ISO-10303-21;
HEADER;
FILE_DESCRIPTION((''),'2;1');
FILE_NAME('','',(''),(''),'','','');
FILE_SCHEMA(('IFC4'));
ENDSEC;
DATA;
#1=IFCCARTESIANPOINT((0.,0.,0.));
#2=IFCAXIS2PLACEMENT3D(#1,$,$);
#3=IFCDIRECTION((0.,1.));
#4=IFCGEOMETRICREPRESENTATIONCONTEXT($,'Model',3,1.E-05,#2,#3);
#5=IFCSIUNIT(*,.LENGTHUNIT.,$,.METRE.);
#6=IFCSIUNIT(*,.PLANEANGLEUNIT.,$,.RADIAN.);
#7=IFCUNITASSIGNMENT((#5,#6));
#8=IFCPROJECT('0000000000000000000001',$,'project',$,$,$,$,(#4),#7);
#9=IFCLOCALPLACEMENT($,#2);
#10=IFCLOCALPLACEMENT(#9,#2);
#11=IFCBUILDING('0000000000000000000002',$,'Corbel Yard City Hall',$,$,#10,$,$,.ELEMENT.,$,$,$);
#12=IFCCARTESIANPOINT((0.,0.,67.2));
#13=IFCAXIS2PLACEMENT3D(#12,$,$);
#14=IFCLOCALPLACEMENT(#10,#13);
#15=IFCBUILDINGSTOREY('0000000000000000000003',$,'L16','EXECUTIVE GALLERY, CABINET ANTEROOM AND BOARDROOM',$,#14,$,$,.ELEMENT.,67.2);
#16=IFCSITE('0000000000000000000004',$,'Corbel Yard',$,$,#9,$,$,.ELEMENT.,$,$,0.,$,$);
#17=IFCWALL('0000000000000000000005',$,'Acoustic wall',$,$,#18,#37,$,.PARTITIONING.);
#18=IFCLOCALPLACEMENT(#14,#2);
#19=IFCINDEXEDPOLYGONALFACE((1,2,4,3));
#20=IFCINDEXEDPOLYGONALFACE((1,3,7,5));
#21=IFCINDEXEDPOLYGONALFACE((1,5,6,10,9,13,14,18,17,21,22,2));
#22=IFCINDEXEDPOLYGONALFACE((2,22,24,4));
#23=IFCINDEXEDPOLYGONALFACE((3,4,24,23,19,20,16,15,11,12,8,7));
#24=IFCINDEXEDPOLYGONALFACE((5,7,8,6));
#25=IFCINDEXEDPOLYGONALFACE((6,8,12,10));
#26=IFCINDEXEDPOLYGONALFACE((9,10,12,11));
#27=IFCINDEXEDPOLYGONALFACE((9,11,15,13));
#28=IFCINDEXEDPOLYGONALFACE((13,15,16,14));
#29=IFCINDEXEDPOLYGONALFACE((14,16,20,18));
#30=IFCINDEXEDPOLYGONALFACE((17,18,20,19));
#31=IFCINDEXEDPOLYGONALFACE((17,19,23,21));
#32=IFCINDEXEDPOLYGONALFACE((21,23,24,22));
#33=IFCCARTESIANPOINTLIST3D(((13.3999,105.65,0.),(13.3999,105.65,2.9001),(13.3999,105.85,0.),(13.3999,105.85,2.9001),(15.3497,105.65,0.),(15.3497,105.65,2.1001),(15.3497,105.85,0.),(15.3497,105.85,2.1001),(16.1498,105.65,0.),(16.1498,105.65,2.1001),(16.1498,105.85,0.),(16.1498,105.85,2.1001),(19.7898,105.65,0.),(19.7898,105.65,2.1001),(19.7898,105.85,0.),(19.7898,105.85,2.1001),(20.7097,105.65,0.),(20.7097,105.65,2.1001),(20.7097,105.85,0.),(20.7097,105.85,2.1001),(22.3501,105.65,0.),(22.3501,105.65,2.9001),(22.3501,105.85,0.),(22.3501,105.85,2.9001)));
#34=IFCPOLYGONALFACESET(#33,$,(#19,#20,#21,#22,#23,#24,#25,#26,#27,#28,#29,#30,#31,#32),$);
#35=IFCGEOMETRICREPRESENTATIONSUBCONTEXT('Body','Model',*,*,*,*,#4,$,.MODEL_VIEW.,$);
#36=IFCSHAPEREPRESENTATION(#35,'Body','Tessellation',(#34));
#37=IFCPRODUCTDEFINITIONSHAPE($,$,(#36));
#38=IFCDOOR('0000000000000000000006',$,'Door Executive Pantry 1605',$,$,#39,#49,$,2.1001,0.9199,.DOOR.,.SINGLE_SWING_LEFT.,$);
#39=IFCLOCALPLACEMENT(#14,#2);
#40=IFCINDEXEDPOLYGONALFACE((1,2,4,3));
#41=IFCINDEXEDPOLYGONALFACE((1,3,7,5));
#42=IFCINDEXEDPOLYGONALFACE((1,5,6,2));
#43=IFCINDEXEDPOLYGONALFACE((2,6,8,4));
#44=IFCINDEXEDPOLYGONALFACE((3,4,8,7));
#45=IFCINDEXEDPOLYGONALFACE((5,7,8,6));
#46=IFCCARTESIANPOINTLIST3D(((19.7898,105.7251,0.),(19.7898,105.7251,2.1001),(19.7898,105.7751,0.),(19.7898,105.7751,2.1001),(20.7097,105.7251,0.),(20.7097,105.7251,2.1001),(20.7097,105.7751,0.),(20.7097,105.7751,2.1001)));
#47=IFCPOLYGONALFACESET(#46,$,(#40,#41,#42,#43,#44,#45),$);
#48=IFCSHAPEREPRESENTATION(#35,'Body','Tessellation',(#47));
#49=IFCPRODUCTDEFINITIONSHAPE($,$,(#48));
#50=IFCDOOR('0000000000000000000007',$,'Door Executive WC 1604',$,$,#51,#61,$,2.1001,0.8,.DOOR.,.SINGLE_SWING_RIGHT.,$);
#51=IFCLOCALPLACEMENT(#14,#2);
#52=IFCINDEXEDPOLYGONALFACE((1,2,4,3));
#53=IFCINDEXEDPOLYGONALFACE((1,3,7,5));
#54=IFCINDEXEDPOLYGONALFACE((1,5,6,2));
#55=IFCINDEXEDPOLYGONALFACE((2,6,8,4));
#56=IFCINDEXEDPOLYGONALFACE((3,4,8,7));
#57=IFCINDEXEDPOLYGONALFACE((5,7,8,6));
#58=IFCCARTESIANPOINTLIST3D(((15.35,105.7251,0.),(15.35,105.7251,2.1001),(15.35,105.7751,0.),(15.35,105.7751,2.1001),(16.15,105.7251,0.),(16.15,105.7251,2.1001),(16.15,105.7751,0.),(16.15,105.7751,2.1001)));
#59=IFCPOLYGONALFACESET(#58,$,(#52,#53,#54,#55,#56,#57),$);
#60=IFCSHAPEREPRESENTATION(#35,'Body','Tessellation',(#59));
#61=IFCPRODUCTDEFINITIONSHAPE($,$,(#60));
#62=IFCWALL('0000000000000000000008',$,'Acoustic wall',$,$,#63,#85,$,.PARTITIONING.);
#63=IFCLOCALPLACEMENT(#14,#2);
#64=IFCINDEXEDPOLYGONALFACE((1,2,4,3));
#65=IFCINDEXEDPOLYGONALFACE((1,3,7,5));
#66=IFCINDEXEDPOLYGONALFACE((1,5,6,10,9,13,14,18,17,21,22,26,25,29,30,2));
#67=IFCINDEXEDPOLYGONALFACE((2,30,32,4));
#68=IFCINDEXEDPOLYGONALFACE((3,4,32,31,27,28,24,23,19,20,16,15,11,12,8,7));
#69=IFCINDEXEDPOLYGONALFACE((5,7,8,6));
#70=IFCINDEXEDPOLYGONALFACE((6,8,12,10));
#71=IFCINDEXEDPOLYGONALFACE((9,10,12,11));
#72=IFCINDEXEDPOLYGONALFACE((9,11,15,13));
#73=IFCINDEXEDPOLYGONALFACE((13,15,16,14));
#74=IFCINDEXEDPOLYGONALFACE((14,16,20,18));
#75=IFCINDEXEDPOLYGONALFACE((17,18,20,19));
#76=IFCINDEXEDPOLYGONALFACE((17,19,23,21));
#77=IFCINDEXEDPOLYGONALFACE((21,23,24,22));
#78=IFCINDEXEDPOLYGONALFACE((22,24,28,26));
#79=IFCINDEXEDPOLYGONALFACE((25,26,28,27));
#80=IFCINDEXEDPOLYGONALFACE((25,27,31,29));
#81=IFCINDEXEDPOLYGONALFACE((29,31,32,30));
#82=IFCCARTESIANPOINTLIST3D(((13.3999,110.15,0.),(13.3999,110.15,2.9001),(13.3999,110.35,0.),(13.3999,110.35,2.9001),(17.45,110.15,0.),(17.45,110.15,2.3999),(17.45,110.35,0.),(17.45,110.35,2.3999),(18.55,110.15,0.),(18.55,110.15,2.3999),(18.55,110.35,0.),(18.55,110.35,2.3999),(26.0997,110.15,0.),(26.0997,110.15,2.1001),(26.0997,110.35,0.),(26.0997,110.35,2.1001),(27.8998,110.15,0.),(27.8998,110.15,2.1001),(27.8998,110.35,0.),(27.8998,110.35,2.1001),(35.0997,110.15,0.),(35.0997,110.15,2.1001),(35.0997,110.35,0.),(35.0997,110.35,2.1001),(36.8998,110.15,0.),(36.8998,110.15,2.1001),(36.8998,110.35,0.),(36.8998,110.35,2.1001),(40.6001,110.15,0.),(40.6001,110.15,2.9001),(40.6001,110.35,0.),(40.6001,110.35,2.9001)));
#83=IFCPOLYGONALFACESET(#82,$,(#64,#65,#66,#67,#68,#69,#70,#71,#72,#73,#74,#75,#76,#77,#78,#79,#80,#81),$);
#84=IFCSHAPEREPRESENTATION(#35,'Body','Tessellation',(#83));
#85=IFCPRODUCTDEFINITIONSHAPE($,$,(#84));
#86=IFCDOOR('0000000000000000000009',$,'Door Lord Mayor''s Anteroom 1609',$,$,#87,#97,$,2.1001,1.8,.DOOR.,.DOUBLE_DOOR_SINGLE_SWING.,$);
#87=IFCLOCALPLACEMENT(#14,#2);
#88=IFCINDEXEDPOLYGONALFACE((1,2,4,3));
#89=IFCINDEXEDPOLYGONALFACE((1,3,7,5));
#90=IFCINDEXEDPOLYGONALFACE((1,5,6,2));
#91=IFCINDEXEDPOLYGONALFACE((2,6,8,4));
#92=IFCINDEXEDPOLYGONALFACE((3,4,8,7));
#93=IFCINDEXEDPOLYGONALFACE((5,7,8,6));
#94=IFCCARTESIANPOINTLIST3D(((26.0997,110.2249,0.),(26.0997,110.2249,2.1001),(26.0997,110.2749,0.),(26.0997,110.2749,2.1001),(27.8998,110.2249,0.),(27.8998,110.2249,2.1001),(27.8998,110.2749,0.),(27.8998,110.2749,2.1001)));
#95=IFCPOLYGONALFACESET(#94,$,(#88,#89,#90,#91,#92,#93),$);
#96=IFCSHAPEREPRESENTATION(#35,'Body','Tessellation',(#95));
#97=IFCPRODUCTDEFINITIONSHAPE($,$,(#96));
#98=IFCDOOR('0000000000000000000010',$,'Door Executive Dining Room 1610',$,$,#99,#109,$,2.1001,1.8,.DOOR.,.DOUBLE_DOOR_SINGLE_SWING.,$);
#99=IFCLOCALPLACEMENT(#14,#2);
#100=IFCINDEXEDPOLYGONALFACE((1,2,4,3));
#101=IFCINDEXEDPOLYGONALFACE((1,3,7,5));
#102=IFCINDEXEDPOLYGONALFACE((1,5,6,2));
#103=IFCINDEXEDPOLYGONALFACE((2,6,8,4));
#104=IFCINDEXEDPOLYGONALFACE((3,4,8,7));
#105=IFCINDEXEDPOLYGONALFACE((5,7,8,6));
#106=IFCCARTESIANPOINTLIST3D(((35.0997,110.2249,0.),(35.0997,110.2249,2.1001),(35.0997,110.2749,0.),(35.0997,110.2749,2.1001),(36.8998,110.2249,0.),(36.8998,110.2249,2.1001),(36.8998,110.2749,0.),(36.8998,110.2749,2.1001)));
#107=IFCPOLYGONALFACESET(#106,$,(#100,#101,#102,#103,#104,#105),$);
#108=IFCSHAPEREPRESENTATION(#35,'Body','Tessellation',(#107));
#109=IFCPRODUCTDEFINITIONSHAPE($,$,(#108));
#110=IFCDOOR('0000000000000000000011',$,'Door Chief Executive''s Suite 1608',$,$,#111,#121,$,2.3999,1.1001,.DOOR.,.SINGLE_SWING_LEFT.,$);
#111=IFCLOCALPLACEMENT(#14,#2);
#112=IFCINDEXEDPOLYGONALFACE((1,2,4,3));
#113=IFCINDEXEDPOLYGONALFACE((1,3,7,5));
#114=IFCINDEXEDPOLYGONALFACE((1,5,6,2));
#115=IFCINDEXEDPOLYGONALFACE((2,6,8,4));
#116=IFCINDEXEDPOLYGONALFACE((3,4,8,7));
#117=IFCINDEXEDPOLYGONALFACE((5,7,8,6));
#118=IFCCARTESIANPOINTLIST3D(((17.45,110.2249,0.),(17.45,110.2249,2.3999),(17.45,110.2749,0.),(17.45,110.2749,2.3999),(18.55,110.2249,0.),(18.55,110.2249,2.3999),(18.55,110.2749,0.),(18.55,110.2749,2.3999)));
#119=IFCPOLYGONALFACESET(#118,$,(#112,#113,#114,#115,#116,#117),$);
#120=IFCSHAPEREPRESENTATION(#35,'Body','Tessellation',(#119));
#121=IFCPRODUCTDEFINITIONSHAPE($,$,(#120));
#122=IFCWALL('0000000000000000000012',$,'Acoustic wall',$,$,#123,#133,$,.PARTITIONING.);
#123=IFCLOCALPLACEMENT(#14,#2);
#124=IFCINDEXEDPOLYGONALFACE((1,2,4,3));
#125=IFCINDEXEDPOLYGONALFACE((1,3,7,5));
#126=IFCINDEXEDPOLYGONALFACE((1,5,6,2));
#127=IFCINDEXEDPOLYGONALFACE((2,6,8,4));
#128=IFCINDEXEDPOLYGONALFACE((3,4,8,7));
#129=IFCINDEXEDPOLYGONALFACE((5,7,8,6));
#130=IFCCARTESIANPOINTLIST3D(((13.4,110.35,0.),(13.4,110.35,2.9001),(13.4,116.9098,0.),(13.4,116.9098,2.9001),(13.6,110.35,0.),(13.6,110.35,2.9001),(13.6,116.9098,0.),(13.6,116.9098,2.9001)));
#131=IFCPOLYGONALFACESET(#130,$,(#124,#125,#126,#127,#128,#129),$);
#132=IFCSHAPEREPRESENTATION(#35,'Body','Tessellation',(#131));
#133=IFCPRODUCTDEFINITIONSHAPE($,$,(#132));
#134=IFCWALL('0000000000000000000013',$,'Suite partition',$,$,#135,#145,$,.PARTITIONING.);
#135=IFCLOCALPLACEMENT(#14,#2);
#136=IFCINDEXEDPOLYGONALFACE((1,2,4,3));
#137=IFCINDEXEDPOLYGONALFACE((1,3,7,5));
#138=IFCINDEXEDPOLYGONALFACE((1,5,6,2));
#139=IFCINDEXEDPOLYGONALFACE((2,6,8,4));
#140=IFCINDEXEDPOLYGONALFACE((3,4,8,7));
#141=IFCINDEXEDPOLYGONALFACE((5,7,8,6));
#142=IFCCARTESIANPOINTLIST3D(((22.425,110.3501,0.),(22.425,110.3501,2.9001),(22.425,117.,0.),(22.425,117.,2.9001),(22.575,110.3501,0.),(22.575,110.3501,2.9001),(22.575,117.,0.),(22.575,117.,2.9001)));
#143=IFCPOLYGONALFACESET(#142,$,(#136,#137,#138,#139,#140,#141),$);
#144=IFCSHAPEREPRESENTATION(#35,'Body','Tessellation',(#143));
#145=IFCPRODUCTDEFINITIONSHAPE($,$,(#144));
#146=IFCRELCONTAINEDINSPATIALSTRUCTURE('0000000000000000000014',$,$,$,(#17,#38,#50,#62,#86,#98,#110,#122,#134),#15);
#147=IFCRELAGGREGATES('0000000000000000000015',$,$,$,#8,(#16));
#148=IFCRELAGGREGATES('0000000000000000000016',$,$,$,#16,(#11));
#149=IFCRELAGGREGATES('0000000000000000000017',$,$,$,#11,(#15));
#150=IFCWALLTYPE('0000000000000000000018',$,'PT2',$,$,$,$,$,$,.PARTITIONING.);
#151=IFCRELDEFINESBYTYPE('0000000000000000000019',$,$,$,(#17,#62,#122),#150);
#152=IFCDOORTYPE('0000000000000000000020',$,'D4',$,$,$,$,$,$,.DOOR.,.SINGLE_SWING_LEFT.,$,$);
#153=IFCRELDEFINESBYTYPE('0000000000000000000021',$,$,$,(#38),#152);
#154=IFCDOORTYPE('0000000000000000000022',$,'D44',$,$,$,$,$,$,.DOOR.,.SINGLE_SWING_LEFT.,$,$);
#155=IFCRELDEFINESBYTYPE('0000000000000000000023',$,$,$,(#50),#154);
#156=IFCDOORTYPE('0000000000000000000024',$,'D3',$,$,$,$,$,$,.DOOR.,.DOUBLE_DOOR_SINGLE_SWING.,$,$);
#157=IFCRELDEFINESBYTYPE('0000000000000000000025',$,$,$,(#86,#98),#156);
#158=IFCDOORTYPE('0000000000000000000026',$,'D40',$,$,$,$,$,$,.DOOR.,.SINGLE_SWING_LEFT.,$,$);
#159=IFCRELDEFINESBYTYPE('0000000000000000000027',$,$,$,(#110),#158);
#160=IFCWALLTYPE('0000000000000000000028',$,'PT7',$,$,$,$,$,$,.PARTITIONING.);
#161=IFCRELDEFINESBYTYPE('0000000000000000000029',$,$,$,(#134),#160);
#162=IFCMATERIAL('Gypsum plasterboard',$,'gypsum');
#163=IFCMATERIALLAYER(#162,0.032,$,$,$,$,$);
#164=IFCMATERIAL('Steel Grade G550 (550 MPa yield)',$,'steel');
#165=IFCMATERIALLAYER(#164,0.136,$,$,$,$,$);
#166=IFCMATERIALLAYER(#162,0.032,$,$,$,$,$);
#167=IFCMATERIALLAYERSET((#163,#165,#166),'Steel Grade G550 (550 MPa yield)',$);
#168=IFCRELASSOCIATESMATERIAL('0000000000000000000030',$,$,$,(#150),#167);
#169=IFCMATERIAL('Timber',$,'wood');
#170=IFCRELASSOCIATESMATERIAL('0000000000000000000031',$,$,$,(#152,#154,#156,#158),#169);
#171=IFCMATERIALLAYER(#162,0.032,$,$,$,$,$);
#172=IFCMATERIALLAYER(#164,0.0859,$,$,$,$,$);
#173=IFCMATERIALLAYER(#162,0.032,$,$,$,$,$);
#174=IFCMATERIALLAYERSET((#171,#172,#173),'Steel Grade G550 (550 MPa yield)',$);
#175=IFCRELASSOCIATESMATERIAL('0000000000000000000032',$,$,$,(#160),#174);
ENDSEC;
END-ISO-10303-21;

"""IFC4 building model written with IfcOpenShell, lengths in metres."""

from ifc_helpers import new_model, si_unit, direction, frame, frame_2d, origin, place, context, subcontext, project, spatial, rectangle, extrude, material, layer, layer_set, type_object, element, fill, save


model = new_model("IFC4")

# Units and contexts
model_context = context("Model", 3, precision=1e-05, world=origin(), true_north=direction((0.0, 1.0)))
body_context = subcontext(model_context, "Body", "Model", "MODEL_VIEW")
ifc_project = project(units=[si_unit("LENGTHUNIT", "METRE"), si_unit("PLANEANGLEUNIT", "RADIAN")], contexts=[model_context])

# Site, building, storey
site_placement = place(None, origin())
site = spatial("IfcSite", under=ifc_project, at=site_placement, Name="Corbel Yard", CompositionType="ELEMENT", RefElevation=0.0)
building_placement = place(site_placement, origin())
building = spatial("IfcBuilding", under=site, at=building_placement, Name="Corbel Yard City Hall", CompositionType="ELEMENT")
storey_placement = place(building_placement, frame((0.0, 0.0, 67.2)))
storey = spatial("IfcBuildingStorey", under=building, at=storey_placement, Name="L16", Description="EXECUTIVE GALLERY, CABINET ANTEROOM AND BOARDROOM", CompositionType="ELEMENT", Elevation=67.2)

# Walls, openings, doors
ifc_material_1 = material(Name="Gypsum plasterboard", Category="gypsum")
ifc_layer_1 = layer(ifc_material_1, 0.032)
ifc_material_2 = material(Name="Steel Grade G550 (550 MPa yield)", Category="steel")
ifc_layer_2 = layer(ifc_material_2, 0.136)
ifc_layer_3 = layer(ifc_material_1, 0.032)
ifc_layer_set_1 = layer_set([ifc_layer_1, ifc_layer_2, ifc_layer_3], Name="Steel Grade G550 (550 MPa yield)")
wall_type_1 = type_object("IfcWallType", Name="PT2", PredefinedType="PARTITIONING", material=ifc_layer_set_1)
wall_1_placement = place(storey_placement, frame((13.3999, 105.75, 0.0), z_axis=(0.0, 0.0, 1.0), x_axis=(1.0, 0.0, 0.0)))
wall_1 = element("IfcWall", 1, at=wall_1_placement, inside=storey, type_object=wall_type_1, Name="Acoustic wall", PredefinedType="PARTITIONING", context=body_context, shape_type="SweptSolid", body=[
    extrude(rectangle(XDim=8.9502, YDim=0.2, at=frame_2d((4.4751, 0.0))), origin(), (0.0, 0.0, 1.0), 2.9001),
])
opening_1_placement = place(wall_1_placement, frame((1.95, 0.0, 0.0)))
opening_1 = element("IfcOpeningElement", 2, at=opening_1_placement, cuts=wall_1, PredefinedType="OPENING", context=body_context, shape_type="SweptSolid", body=[
    extrude(rectangle(XDim=0.8, YDim=2.1001, at=frame_2d((0.3999, 1.05))), frame((0.0, 0.1099, 0.0), z_axis=(0.0, -1.0, 0.0), x_axis=(1.0, 0.0, 0.0)), (0.0, 0.0, 1.0), 0.22),
])
opening_2_placement = place(wall_1_placement, frame((6.3899, 0.0, 0.0)))
opening_2 = element("IfcOpeningElement", 3, at=opening_2_placement, cuts=wall_1, PredefinedType="OPENING", context=body_context, shape_type="SweptSolid", body=[
    extrude(rectangle(XDim=0.9199, YDim=2.1001, at=frame_2d((0.46, 1.05))), frame((0.0, 0.1099, 0.0), z_axis=(0.0, -1.0, 0.0), x_axis=(1.0, 0.0, 0.0)), (0.0, 0.0, 1.0), 0.22),
])
ifc_material_3 = material(Name="Timber", Category="wood")
door_type_1 = type_object("IfcDoorType", Name="D4", OperationType="SINGLE_SWING_LEFT", PredefinedType="DOOR", material=ifc_material_3)
door_1_placement = place(opening_2_placement, frame((0.9199, 0.0, 0.0), z_axis=(0.0, 0.0, 1.0), x_axis=(-1.0, 0.0, 0.0)))
door_1 = element("IfcDoor", 4, at=door_1_placement, inside=storey, type_object=door_type_1, Name="Door Executive Pantry 1605", OperationType="SINGLE_SWING_LEFT", OverallHeight=2.1001, OverallWidth=0.9199, PredefinedType="DOOR", context=body_context, shape_type="SweptSolid", body=[
    extrude(rectangle(XDim=0.9199, YDim=2.1001, at=frame_2d((0.46, 1.05))), frame((0.0, 0.0249, 0.0), z_axis=(0.0, -1.0, 0.0), x_axis=(1.0, 0.0, 0.0)), (0.0, 0.0, 1.0), 0.05),
])
fill(opening_2, door_1)
door_type_2 = type_object("IfcDoorType", Name="D44", OperationType="SINGLE_SWING_LEFT", PredefinedType="DOOR", material=ifc_material_3)
door_2_placement = place(opening_1_placement, frame((0.8, 0.0, 0.0), z_axis=(0.0, 0.0, 1.0), x_axis=(-1.0, 0.0, 0.0)))
door_2 = element("IfcDoor", 5, at=door_2_placement, inside=storey, type_object=door_type_2, Name="Door Executive WC 1604", OperationType="SINGLE_SWING_RIGHT", OverallHeight=2.1001, OverallWidth=0.8, PredefinedType="DOOR", context=body_context, shape_type="SweptSolid", body=[
    extrude(rectangle(XDim=0.8, YDim=2.1001, at=frame_2d((0.3999, 1.05))), frame((0.0, 0.0249, 0.0), z_axis=(0.0, -1.0, 0.0), x_axis=(1.0, 0.0, 0.0)), (0.0, 0.0, 1.0), 0.05),
])
fill(opening_1, door_2)
wall_2_placement = place(storey_placement, frame((13.3999, 110.25, 0.0), z_axis=(0.0, 0.0, 1.0), x_axis=(1.0, 0.0, 0.0)))
wall_2 = element("IfcWall", 6, at=wall_2_placement, inside=storey, type_object=wall_type_1, Name="Acoustic wall", PredefinedType="PARTITIONING", context=body_context, shape_type="SweptSolid", body=[
    extrude(rectangle(XDim=27.2002, YDim=0.2, at=frame_2d((13.6001, 0.0))), origin(), (0.0, 0.0, 1.0), 2.9001),
])
opening_3_placement = place(wall_2_placement, frame((4.05, 0.0, 0.0)))
opening_3 = element("IfcOpeningElement", 7, at=opening_3_placement, cuts=wall_2, PredefinedType="OPENING", context=body_context, shape_type="SweptSolid", body=[
    extrude(rectangle(XDim=1.1001, YDim=2.3999, at=frame_2d((0.55, 1.2))), frame((0.0, 0.1099, 0.0), z_axis=(0.0, -1.0, 0.0), x_axis=(1.0, 0.0, 0.0)), (0.0, 0.0, 1.0), 0.22),
])
opening_4_placement = place(wall_2_placement, frame((12.7, 0.0, 0.0)))
opening_4 = element("IfcOpeningElement", 8, at=opening_4_placement, cuts=wall_2, PredefinedType="OPENING", context=body_context, shape_type="SweptSolid", body=[
    extrude(rectangle(XDim=1.8, YDim=2.1001, at=frame_2d((0.8999, 1.05))), frame((0.0, 0.1099, 0.0), z_axis=(0.0, -1.0, 0.0), x_axis=(1.0, 0.0, 0.0)), (0.0, 0.0, 1.0), 0.22),
])
opening_5_placement = place(wall_2_placement, frame((21.7, 0.0, 0.0)))
opening_5 = element("IfcOpeningElement", 9, at=opening_5_placement, cuts=wall_2, PredefinedType="OPENING", context=body_context, shape_type="SweptSolid", body=[
    extrude(rectangle(XDim=1.8, YDim=2.1001, at=frame_2d((0.8999, 1.05))), frame((0.0, 0.1099, 0.0), z_axis=(0.0, -1.0, 0.0), x_axis=(1.0, 0.0, 0.0)), (0.0, 0.0, 1.0), 0.22),
])
door_type_3 = type_object("IfcDoorType", Name="D3", OperationType="DOUBLE_DOOR_SINGLE_SWING", PredefinedType="DOOR", material=ifc_material_3)
door_3_placement = place(opening_4_placement, origin())
door_3 = element("IfcDoor", 10, at=door_3_placement, inside=storey, type_object=door_type_3, Name="Door Lord Mayor's Anteroom 1609", OperationType="DOUBLE_DOOR_SINGLE_SWING", OverallHeight=2.1001, OverallWidth=1.8, PredefinedType="DOOR", context=body_context, shape_type="SweptSolid", body=[
    extrude(rectangle(XDim=1.8, YDim=2.1001, at=frame_2d((0.8999, 1.05))), frame((0.0, 0.0249, 0.0), z_axis=(0.0, -1.0, 0.0), x_axis=(1.0, 0.0, 0.0)), (0.0, 0.0, 1.0), 0.05),
])
fill(opening_4, door_3)
door_4_placement = place(opening_5_placement, origin())
door_4 = element("IfcDoor", 11, at=door_4_placement, inside=storey, type_object=door_type_3, Name="Door Executive Dining Room 1610", OperationType="DOUBLE_DOOR_SINGLE_SWING", OverallHeight=2.1001, OverallWidth=1.8, PredefinedType="DOOR", context=body_context, shape_type="SweptSolid", body=[
    extrude(rectangle(XDim=1.8, YDim=2.1001, at=frame_2d((0.8999, 1.05))), frame((0.0, 0.0249, 0.0), z_axis=(0.0, -1.0, 0.0), x_axis=(1.0, 0.0, 0.0)), (0.0, 0.0, 1.0), 0.05),
])
fill(opening_5, door_4)
door_type_4 = type_object("IfcDoorType", Name="D40", OperationType="SINGLE_SWING_LEFT", PredefinedType="DOOR", material=ifc_material_3)
door_5_placement = place(opening_3_placement, origin())
door_5 = element("IfcDoor", 12, at=door_5_placement, inside=storey, type_object=door_type_4, Name="Door Chief Executive's Suite 1608", OperationType="SINGLE_SWING_LEFT", OverallHeight=2.3999, OverallWidth=1.1001, PredefinedType="DOOR", context=body_context, shape_type="SweptSolid", body=[
    extrude(rectangle(XDim=1.1001, YDim=2.3999, at=frame_2d((0.55, 1.2))), frame((0.0, 0.0249, 0.0), z_axis=(0.0, -1.0, 0.0), x_axis=(1.0, 0.0, 0.0)), (0.0, 0.0, 1.0), 0.05),
])
fill(opening_3, door_5)

# Wall
wall_3_placement = place(storey_placement, frame((13.5, 110.3501, 0.0), z_axis=(0.0, 0.0, 1.0), x_axis=(0.0, 1.0, 0.0)))
element("IfcWall", 13, at=wall_3_placement, inside=storey, type_object=wall_type_1, Name="Acoustic wall", PredefinedType="PARTITIONING", context=body_context, shape_type="SweptSolid", body=[
    extrude(rectangle(XDim=6.5598, YDim=0.2, at=frame_2d((3.2798, 0.0))), origin(), (0.0, 0.0, 1.0), 2.9001),
])

# Wall
ifc_layer_4 = layer(ifc_material_1, 0.032)
ifc_layer_5 = layer(ifc_material_2, 0.0859)
ifc_layer_6 = layer(ifc_material_1, 0.032)
ifc_layer_set_2 = layer_set([ifc_layer_4, ifc_layer_5, ifc_layer_6], Name="Steel Grade G550 (550 MPa yield)")
wall_type_2 = type_object("IfcWallType", Name="PT7", PredefinedType="PARTITIONING", material=ifc_layer_set_2)
wall_4_placement = place(storey_placement, frame((22.5, 110.3501, 0.0), z_axis=(0.0, 0.0, 1.0), x_axis=(0.0, 1.0, 0.0)))
element("IfcWall", 14, at=wall_4_placement, inside=storey, type_object=wall_type_2, Name="Suite partition", PredefinedType="PARTITIONING", context=body_context, shape_type="SweptSolid", body=[
    extrude(rectangle(XDim=6.6499, YDim=0.1499, at=frame_2d((3.325, 0.0))), origin(), (0.0, 0.0, 1.0), 2.9001),
])

save(model, "model.ifc")
